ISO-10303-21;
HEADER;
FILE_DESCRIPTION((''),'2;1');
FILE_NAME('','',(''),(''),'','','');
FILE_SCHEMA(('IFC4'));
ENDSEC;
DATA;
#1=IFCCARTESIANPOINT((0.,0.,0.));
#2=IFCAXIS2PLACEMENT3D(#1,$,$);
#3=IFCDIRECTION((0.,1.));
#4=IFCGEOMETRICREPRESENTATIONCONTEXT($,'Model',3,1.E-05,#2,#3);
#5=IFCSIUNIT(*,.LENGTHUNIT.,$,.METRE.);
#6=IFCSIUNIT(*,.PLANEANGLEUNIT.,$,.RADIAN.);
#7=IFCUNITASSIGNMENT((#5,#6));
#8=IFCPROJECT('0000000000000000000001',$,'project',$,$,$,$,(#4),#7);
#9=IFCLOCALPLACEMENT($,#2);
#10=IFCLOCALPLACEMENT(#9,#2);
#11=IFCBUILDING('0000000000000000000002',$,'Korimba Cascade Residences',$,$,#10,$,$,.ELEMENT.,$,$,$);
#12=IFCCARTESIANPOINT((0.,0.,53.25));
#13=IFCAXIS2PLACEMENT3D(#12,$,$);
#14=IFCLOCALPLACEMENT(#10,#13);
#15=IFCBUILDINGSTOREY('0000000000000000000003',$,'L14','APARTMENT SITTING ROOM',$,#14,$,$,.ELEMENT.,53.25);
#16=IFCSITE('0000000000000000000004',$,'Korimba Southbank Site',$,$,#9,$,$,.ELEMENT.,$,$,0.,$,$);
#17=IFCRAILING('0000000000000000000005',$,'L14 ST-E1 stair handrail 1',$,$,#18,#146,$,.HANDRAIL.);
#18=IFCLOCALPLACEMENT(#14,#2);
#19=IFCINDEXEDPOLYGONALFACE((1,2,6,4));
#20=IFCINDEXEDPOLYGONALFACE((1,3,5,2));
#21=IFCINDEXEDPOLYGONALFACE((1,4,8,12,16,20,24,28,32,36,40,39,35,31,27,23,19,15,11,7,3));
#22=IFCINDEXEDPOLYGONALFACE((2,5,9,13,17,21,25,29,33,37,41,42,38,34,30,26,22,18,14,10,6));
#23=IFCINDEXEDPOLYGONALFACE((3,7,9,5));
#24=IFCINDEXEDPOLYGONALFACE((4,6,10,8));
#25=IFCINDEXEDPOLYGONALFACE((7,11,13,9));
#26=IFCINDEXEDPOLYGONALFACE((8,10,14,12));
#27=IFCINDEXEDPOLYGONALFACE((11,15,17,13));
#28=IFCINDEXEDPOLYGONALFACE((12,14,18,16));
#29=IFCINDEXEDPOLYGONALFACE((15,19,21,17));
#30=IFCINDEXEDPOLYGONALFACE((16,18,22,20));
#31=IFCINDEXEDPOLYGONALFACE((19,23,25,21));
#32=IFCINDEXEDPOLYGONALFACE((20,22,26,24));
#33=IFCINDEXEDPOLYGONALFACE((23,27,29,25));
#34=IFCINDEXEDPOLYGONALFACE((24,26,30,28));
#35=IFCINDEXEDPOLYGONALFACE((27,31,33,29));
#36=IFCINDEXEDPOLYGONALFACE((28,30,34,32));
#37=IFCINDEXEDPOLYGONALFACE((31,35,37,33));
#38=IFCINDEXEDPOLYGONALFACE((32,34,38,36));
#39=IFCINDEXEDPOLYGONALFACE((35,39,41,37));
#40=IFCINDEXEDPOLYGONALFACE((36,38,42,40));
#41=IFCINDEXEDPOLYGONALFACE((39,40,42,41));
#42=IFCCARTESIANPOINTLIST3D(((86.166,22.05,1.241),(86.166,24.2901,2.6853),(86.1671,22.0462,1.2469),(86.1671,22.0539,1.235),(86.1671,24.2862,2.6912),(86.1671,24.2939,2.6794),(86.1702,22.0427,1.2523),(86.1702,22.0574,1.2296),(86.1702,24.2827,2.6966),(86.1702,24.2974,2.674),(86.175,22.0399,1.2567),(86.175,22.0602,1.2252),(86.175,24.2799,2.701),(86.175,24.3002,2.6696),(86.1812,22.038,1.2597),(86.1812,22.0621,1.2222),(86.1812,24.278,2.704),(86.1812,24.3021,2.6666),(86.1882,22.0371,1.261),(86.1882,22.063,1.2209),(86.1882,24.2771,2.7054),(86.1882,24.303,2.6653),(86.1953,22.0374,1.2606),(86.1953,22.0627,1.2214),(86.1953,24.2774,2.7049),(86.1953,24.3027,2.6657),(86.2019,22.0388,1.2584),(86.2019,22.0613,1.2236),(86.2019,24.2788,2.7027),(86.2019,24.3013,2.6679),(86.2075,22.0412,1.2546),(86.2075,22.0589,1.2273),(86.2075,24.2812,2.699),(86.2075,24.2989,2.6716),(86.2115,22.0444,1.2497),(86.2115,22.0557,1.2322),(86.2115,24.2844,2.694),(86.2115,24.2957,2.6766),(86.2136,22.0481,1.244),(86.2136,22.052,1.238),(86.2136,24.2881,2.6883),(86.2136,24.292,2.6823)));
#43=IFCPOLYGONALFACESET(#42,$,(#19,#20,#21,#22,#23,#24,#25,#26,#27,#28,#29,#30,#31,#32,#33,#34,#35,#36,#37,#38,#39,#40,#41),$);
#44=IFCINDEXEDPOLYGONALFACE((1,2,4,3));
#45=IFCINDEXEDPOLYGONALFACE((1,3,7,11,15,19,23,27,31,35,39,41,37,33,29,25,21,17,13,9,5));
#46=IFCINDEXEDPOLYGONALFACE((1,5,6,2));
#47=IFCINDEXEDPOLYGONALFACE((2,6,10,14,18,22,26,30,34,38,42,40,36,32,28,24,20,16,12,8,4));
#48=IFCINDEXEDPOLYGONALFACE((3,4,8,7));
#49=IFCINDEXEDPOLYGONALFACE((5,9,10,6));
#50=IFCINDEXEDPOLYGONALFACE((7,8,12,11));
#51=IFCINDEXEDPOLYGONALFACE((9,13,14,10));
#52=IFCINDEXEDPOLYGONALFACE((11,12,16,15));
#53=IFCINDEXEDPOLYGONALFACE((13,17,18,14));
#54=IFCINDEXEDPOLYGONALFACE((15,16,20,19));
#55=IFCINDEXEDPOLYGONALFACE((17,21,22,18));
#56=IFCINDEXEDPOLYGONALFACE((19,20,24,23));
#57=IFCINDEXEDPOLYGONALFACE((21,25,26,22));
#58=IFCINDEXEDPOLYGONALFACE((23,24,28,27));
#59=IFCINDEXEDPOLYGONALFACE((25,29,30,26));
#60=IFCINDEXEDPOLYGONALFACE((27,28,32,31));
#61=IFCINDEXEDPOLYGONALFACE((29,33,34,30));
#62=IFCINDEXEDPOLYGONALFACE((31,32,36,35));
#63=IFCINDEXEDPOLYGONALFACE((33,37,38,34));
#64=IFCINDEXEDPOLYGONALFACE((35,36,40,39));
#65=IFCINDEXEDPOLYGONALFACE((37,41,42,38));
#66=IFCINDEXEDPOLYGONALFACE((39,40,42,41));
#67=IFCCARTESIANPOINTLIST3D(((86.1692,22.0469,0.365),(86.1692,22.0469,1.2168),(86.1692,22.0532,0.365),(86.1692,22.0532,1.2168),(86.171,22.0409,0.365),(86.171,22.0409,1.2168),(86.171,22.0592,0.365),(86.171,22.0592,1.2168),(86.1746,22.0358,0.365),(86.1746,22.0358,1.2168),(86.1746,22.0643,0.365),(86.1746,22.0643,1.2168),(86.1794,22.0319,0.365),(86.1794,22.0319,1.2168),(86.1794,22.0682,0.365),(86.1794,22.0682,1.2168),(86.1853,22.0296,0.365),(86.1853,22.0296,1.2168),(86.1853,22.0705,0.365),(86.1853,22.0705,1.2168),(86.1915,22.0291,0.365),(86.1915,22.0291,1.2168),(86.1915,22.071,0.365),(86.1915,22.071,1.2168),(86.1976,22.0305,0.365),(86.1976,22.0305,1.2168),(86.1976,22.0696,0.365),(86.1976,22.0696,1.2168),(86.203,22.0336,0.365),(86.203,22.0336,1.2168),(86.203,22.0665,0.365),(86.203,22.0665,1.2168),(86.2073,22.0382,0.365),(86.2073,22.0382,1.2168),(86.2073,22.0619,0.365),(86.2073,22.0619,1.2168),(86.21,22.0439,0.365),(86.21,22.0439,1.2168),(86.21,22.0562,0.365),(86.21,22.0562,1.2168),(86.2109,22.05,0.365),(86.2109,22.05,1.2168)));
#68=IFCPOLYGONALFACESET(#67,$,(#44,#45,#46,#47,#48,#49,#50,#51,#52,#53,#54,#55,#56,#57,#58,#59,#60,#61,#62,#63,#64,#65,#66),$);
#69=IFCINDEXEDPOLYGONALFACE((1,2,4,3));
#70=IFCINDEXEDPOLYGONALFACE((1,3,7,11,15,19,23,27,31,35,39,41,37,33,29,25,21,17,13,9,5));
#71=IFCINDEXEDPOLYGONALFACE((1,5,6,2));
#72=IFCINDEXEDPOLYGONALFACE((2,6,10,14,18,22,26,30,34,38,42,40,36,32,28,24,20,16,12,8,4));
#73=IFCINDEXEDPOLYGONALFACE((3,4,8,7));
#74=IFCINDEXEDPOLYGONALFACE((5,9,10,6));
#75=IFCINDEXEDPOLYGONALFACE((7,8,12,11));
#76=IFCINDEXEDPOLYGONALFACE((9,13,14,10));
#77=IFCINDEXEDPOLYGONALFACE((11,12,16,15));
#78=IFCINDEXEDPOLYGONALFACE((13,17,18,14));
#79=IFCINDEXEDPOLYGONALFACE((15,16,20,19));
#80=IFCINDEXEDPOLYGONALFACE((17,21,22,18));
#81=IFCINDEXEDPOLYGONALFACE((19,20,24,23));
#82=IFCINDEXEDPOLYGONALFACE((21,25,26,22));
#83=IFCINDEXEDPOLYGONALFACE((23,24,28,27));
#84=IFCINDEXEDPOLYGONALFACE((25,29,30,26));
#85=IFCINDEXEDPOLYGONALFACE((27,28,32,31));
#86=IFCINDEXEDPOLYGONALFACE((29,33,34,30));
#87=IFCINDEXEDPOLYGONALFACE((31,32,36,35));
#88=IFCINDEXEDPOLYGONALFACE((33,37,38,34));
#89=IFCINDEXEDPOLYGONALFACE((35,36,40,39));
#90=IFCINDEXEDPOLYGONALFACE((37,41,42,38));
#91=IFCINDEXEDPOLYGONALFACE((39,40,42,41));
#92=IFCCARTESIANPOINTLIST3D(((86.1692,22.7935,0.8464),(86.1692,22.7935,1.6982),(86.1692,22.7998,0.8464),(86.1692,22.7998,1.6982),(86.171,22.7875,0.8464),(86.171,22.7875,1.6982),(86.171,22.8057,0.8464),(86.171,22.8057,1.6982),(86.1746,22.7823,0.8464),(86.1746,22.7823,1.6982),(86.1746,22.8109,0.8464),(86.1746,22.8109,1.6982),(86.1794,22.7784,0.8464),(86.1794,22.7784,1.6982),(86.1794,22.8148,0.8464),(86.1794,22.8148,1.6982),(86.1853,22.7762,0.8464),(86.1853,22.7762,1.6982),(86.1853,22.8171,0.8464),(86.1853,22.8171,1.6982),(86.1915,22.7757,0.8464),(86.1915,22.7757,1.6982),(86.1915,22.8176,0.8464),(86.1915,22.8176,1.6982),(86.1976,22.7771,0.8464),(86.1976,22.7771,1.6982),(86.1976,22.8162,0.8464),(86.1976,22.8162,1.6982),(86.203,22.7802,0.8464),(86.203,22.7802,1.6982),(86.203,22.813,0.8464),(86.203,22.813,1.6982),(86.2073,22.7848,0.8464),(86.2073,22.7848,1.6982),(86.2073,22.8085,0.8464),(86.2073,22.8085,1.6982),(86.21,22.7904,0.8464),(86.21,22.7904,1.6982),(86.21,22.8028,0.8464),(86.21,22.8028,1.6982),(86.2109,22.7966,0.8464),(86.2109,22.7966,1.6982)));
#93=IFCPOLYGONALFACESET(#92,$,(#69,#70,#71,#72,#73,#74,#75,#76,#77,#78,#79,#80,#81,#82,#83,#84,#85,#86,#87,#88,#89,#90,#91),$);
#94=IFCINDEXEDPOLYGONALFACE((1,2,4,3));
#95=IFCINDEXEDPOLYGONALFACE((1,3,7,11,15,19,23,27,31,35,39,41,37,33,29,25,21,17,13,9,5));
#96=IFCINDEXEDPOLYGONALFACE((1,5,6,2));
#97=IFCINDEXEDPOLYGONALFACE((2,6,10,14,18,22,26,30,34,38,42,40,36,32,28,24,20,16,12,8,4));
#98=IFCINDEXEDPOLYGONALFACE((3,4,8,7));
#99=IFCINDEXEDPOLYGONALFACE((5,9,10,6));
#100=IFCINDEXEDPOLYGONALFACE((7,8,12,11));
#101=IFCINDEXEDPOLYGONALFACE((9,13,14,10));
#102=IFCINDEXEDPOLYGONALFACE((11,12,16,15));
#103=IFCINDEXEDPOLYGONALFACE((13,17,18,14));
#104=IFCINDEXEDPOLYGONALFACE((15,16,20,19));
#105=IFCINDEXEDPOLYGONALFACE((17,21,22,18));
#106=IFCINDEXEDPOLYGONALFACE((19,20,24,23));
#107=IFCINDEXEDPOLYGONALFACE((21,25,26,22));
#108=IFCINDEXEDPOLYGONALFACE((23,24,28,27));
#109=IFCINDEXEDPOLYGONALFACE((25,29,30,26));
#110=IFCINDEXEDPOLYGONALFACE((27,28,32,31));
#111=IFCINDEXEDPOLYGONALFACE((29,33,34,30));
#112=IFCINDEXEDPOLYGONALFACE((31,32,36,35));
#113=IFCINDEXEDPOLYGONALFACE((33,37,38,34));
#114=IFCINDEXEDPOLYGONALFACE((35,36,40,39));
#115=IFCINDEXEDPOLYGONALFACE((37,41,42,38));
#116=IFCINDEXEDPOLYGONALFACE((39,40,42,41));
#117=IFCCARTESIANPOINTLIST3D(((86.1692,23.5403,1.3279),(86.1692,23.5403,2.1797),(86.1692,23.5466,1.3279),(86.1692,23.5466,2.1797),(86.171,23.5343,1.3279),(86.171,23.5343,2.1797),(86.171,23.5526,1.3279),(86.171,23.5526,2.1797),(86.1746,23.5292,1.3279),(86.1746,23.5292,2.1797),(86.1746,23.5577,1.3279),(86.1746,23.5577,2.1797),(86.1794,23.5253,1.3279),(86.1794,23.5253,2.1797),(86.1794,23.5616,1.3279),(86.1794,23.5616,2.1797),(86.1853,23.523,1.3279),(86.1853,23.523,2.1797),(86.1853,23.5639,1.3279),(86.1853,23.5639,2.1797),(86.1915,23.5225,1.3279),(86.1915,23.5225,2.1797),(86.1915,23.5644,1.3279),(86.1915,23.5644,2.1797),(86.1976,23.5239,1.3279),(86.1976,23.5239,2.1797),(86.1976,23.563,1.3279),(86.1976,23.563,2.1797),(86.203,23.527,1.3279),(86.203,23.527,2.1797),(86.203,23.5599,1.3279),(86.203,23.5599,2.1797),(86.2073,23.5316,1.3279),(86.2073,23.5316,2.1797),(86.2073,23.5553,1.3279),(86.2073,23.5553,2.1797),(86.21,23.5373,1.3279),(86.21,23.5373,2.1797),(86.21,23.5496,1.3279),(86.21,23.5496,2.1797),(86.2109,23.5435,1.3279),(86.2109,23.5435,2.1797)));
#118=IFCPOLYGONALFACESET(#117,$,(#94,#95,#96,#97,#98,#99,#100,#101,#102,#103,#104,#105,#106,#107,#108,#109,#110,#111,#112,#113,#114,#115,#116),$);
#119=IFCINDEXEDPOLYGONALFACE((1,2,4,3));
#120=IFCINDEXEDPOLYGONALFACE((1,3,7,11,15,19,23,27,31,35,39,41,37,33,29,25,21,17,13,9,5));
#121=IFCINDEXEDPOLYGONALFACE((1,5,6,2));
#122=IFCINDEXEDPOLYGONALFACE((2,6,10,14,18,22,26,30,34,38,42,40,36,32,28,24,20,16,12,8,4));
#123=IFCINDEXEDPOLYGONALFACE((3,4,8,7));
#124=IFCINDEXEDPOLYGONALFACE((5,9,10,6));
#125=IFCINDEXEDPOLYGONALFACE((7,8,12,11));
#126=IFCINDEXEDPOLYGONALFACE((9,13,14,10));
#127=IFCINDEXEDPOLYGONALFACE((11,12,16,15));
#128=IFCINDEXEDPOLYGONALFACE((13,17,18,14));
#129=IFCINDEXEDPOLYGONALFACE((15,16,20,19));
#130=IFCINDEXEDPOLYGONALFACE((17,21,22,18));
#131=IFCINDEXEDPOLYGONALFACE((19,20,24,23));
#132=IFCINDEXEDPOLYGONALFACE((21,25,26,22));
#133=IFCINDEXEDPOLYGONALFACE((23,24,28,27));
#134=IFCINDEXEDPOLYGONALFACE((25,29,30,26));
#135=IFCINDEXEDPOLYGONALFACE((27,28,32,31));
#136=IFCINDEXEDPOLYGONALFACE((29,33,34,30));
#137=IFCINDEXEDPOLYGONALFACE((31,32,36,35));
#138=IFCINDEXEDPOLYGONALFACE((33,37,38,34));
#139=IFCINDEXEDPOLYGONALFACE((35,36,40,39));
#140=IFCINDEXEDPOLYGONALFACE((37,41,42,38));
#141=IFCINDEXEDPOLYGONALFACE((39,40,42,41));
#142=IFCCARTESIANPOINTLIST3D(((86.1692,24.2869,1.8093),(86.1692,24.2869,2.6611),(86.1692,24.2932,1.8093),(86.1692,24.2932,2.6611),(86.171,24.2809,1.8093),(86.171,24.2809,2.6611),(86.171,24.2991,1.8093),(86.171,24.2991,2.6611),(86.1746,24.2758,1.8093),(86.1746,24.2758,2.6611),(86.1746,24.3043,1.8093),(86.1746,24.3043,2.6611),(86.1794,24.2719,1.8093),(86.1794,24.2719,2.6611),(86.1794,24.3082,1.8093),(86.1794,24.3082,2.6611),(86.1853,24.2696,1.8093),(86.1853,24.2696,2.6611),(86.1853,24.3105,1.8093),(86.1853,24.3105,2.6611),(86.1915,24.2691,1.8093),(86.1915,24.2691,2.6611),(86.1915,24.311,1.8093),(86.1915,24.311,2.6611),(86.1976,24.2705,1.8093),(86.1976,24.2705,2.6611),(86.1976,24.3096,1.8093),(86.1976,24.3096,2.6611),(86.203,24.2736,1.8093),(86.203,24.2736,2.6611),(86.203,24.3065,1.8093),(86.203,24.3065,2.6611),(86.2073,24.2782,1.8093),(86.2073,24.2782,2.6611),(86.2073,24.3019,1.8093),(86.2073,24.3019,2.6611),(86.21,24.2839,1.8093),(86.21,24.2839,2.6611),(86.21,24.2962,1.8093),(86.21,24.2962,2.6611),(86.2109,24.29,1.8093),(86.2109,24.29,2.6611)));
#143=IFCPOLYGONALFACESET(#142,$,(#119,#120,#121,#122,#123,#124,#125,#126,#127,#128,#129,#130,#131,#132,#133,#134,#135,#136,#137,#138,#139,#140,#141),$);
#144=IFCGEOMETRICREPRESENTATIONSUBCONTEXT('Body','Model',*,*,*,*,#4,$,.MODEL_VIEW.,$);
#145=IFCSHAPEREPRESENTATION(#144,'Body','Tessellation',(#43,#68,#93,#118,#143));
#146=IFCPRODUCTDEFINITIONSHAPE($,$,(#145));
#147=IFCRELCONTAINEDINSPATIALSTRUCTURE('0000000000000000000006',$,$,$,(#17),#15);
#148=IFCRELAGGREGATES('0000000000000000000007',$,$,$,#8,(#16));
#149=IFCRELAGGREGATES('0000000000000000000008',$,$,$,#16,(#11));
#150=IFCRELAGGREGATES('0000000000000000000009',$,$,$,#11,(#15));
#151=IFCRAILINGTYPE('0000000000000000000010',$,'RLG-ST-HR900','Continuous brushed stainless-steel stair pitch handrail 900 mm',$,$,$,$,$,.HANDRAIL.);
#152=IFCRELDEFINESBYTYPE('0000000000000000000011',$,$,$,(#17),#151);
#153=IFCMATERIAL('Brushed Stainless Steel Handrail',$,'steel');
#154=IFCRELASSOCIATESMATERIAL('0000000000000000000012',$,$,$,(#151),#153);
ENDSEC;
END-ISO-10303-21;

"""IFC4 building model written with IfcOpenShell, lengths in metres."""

from ifc_helpers import new_model, si_unit, direction, frame, origin, origin_2d, place, context, subcontext, project, spatial, circle, extrude, material, type_object, element, save


model = new_model("IFC4")

# Units and contexts
model_context = context("Model", 3, precision=1e-05, world=origin(), true_north=direction((0.0, 1.0)))
body_context = subcontext(model_context, "Body", "Model", "MODEL_VIEW")
ifc_project = project(units=[si_unit("LENGTHUNIT", "METRE"), si_unit("PLANEANGLEUNIT", "RADIAN")], contexts=[model_context])

# Site, building, storey
site_placement = place(None, origin())
site = spatial("IfcSite", under=ifc_project, at=site_placement, Name="Korimba Southbank Site", CompositionType="ELEMENT", RefElevation=0.0)
building_placement = place(site_placement, origin())
building = spatial("IfcBuilding", under=site, at=building_placement, Name="Korimba Cascade Residences", CompositionType="ELEMENT")
storey_placement = place(building_placement, frame((0.0, 0.0, 53.25)))
storey = spatial("IfcBuildingStorey", under=building, at=storey_placement, Name="L14", Description="APARTMENT SITTING ROOM", CompositionType="ELEMENT", Elevation=53.25)

# Railing
ifc_material_1 = material(Name="Brushed Stainless Steel Handrail", Category="steel")
railing_type = type_object("IfcRailingType", Name="RLG-ST-HR900", Description="Continuous brushed stainless-steel stair pitch handrail 900 mm", PredefinedType="HANDRAIL", material=ifc_material_1)
railing_placement = place(storey_placement, frame((86.1899, 22.05, 0.365)))
element("IfcRailing", 1, at=railing_placement, inside=storey, type_object=railing_type, Name="L14 ST-E1 stair handrail 1", PredefinedType="HANDRAIL", context=body_context, shape_type="SweptSolid", body=[
    extrude(circle(Radius=0.0239, at=origin_2d()), frame((0.0, 0.0, 0.876), z_axis=(0.0, 0.840437, 0.54191), x_axis=(-1.0, 0.0, 0.0)), (0.0, 0.0, 1.0), 2.6653),
    extrude(circle(Radius=0.021, at=origin_2d()), origin(), (0.0, 0.0, 1.0), 0.8518),
    extrude(circle(Radius=0.021, at=origin_2d()), frame((0.0, 0.7466, 0.4814)), (0.0, 0.0, 1.0), 0.8518),
    extrude(circle(Radius=0.021, at=origin_2d()), frame((0.0, 1.4934, 0.9629)), (0.0, 0.0, 1.0), 0.8518),
    extrude(circle(Radius=0.021, at=origin_2d()), frame((0.0, 2.24, 1.4443)), (0.0, 0.0, 1.0), 0.8518),
])

save(model, "model.ifc")
